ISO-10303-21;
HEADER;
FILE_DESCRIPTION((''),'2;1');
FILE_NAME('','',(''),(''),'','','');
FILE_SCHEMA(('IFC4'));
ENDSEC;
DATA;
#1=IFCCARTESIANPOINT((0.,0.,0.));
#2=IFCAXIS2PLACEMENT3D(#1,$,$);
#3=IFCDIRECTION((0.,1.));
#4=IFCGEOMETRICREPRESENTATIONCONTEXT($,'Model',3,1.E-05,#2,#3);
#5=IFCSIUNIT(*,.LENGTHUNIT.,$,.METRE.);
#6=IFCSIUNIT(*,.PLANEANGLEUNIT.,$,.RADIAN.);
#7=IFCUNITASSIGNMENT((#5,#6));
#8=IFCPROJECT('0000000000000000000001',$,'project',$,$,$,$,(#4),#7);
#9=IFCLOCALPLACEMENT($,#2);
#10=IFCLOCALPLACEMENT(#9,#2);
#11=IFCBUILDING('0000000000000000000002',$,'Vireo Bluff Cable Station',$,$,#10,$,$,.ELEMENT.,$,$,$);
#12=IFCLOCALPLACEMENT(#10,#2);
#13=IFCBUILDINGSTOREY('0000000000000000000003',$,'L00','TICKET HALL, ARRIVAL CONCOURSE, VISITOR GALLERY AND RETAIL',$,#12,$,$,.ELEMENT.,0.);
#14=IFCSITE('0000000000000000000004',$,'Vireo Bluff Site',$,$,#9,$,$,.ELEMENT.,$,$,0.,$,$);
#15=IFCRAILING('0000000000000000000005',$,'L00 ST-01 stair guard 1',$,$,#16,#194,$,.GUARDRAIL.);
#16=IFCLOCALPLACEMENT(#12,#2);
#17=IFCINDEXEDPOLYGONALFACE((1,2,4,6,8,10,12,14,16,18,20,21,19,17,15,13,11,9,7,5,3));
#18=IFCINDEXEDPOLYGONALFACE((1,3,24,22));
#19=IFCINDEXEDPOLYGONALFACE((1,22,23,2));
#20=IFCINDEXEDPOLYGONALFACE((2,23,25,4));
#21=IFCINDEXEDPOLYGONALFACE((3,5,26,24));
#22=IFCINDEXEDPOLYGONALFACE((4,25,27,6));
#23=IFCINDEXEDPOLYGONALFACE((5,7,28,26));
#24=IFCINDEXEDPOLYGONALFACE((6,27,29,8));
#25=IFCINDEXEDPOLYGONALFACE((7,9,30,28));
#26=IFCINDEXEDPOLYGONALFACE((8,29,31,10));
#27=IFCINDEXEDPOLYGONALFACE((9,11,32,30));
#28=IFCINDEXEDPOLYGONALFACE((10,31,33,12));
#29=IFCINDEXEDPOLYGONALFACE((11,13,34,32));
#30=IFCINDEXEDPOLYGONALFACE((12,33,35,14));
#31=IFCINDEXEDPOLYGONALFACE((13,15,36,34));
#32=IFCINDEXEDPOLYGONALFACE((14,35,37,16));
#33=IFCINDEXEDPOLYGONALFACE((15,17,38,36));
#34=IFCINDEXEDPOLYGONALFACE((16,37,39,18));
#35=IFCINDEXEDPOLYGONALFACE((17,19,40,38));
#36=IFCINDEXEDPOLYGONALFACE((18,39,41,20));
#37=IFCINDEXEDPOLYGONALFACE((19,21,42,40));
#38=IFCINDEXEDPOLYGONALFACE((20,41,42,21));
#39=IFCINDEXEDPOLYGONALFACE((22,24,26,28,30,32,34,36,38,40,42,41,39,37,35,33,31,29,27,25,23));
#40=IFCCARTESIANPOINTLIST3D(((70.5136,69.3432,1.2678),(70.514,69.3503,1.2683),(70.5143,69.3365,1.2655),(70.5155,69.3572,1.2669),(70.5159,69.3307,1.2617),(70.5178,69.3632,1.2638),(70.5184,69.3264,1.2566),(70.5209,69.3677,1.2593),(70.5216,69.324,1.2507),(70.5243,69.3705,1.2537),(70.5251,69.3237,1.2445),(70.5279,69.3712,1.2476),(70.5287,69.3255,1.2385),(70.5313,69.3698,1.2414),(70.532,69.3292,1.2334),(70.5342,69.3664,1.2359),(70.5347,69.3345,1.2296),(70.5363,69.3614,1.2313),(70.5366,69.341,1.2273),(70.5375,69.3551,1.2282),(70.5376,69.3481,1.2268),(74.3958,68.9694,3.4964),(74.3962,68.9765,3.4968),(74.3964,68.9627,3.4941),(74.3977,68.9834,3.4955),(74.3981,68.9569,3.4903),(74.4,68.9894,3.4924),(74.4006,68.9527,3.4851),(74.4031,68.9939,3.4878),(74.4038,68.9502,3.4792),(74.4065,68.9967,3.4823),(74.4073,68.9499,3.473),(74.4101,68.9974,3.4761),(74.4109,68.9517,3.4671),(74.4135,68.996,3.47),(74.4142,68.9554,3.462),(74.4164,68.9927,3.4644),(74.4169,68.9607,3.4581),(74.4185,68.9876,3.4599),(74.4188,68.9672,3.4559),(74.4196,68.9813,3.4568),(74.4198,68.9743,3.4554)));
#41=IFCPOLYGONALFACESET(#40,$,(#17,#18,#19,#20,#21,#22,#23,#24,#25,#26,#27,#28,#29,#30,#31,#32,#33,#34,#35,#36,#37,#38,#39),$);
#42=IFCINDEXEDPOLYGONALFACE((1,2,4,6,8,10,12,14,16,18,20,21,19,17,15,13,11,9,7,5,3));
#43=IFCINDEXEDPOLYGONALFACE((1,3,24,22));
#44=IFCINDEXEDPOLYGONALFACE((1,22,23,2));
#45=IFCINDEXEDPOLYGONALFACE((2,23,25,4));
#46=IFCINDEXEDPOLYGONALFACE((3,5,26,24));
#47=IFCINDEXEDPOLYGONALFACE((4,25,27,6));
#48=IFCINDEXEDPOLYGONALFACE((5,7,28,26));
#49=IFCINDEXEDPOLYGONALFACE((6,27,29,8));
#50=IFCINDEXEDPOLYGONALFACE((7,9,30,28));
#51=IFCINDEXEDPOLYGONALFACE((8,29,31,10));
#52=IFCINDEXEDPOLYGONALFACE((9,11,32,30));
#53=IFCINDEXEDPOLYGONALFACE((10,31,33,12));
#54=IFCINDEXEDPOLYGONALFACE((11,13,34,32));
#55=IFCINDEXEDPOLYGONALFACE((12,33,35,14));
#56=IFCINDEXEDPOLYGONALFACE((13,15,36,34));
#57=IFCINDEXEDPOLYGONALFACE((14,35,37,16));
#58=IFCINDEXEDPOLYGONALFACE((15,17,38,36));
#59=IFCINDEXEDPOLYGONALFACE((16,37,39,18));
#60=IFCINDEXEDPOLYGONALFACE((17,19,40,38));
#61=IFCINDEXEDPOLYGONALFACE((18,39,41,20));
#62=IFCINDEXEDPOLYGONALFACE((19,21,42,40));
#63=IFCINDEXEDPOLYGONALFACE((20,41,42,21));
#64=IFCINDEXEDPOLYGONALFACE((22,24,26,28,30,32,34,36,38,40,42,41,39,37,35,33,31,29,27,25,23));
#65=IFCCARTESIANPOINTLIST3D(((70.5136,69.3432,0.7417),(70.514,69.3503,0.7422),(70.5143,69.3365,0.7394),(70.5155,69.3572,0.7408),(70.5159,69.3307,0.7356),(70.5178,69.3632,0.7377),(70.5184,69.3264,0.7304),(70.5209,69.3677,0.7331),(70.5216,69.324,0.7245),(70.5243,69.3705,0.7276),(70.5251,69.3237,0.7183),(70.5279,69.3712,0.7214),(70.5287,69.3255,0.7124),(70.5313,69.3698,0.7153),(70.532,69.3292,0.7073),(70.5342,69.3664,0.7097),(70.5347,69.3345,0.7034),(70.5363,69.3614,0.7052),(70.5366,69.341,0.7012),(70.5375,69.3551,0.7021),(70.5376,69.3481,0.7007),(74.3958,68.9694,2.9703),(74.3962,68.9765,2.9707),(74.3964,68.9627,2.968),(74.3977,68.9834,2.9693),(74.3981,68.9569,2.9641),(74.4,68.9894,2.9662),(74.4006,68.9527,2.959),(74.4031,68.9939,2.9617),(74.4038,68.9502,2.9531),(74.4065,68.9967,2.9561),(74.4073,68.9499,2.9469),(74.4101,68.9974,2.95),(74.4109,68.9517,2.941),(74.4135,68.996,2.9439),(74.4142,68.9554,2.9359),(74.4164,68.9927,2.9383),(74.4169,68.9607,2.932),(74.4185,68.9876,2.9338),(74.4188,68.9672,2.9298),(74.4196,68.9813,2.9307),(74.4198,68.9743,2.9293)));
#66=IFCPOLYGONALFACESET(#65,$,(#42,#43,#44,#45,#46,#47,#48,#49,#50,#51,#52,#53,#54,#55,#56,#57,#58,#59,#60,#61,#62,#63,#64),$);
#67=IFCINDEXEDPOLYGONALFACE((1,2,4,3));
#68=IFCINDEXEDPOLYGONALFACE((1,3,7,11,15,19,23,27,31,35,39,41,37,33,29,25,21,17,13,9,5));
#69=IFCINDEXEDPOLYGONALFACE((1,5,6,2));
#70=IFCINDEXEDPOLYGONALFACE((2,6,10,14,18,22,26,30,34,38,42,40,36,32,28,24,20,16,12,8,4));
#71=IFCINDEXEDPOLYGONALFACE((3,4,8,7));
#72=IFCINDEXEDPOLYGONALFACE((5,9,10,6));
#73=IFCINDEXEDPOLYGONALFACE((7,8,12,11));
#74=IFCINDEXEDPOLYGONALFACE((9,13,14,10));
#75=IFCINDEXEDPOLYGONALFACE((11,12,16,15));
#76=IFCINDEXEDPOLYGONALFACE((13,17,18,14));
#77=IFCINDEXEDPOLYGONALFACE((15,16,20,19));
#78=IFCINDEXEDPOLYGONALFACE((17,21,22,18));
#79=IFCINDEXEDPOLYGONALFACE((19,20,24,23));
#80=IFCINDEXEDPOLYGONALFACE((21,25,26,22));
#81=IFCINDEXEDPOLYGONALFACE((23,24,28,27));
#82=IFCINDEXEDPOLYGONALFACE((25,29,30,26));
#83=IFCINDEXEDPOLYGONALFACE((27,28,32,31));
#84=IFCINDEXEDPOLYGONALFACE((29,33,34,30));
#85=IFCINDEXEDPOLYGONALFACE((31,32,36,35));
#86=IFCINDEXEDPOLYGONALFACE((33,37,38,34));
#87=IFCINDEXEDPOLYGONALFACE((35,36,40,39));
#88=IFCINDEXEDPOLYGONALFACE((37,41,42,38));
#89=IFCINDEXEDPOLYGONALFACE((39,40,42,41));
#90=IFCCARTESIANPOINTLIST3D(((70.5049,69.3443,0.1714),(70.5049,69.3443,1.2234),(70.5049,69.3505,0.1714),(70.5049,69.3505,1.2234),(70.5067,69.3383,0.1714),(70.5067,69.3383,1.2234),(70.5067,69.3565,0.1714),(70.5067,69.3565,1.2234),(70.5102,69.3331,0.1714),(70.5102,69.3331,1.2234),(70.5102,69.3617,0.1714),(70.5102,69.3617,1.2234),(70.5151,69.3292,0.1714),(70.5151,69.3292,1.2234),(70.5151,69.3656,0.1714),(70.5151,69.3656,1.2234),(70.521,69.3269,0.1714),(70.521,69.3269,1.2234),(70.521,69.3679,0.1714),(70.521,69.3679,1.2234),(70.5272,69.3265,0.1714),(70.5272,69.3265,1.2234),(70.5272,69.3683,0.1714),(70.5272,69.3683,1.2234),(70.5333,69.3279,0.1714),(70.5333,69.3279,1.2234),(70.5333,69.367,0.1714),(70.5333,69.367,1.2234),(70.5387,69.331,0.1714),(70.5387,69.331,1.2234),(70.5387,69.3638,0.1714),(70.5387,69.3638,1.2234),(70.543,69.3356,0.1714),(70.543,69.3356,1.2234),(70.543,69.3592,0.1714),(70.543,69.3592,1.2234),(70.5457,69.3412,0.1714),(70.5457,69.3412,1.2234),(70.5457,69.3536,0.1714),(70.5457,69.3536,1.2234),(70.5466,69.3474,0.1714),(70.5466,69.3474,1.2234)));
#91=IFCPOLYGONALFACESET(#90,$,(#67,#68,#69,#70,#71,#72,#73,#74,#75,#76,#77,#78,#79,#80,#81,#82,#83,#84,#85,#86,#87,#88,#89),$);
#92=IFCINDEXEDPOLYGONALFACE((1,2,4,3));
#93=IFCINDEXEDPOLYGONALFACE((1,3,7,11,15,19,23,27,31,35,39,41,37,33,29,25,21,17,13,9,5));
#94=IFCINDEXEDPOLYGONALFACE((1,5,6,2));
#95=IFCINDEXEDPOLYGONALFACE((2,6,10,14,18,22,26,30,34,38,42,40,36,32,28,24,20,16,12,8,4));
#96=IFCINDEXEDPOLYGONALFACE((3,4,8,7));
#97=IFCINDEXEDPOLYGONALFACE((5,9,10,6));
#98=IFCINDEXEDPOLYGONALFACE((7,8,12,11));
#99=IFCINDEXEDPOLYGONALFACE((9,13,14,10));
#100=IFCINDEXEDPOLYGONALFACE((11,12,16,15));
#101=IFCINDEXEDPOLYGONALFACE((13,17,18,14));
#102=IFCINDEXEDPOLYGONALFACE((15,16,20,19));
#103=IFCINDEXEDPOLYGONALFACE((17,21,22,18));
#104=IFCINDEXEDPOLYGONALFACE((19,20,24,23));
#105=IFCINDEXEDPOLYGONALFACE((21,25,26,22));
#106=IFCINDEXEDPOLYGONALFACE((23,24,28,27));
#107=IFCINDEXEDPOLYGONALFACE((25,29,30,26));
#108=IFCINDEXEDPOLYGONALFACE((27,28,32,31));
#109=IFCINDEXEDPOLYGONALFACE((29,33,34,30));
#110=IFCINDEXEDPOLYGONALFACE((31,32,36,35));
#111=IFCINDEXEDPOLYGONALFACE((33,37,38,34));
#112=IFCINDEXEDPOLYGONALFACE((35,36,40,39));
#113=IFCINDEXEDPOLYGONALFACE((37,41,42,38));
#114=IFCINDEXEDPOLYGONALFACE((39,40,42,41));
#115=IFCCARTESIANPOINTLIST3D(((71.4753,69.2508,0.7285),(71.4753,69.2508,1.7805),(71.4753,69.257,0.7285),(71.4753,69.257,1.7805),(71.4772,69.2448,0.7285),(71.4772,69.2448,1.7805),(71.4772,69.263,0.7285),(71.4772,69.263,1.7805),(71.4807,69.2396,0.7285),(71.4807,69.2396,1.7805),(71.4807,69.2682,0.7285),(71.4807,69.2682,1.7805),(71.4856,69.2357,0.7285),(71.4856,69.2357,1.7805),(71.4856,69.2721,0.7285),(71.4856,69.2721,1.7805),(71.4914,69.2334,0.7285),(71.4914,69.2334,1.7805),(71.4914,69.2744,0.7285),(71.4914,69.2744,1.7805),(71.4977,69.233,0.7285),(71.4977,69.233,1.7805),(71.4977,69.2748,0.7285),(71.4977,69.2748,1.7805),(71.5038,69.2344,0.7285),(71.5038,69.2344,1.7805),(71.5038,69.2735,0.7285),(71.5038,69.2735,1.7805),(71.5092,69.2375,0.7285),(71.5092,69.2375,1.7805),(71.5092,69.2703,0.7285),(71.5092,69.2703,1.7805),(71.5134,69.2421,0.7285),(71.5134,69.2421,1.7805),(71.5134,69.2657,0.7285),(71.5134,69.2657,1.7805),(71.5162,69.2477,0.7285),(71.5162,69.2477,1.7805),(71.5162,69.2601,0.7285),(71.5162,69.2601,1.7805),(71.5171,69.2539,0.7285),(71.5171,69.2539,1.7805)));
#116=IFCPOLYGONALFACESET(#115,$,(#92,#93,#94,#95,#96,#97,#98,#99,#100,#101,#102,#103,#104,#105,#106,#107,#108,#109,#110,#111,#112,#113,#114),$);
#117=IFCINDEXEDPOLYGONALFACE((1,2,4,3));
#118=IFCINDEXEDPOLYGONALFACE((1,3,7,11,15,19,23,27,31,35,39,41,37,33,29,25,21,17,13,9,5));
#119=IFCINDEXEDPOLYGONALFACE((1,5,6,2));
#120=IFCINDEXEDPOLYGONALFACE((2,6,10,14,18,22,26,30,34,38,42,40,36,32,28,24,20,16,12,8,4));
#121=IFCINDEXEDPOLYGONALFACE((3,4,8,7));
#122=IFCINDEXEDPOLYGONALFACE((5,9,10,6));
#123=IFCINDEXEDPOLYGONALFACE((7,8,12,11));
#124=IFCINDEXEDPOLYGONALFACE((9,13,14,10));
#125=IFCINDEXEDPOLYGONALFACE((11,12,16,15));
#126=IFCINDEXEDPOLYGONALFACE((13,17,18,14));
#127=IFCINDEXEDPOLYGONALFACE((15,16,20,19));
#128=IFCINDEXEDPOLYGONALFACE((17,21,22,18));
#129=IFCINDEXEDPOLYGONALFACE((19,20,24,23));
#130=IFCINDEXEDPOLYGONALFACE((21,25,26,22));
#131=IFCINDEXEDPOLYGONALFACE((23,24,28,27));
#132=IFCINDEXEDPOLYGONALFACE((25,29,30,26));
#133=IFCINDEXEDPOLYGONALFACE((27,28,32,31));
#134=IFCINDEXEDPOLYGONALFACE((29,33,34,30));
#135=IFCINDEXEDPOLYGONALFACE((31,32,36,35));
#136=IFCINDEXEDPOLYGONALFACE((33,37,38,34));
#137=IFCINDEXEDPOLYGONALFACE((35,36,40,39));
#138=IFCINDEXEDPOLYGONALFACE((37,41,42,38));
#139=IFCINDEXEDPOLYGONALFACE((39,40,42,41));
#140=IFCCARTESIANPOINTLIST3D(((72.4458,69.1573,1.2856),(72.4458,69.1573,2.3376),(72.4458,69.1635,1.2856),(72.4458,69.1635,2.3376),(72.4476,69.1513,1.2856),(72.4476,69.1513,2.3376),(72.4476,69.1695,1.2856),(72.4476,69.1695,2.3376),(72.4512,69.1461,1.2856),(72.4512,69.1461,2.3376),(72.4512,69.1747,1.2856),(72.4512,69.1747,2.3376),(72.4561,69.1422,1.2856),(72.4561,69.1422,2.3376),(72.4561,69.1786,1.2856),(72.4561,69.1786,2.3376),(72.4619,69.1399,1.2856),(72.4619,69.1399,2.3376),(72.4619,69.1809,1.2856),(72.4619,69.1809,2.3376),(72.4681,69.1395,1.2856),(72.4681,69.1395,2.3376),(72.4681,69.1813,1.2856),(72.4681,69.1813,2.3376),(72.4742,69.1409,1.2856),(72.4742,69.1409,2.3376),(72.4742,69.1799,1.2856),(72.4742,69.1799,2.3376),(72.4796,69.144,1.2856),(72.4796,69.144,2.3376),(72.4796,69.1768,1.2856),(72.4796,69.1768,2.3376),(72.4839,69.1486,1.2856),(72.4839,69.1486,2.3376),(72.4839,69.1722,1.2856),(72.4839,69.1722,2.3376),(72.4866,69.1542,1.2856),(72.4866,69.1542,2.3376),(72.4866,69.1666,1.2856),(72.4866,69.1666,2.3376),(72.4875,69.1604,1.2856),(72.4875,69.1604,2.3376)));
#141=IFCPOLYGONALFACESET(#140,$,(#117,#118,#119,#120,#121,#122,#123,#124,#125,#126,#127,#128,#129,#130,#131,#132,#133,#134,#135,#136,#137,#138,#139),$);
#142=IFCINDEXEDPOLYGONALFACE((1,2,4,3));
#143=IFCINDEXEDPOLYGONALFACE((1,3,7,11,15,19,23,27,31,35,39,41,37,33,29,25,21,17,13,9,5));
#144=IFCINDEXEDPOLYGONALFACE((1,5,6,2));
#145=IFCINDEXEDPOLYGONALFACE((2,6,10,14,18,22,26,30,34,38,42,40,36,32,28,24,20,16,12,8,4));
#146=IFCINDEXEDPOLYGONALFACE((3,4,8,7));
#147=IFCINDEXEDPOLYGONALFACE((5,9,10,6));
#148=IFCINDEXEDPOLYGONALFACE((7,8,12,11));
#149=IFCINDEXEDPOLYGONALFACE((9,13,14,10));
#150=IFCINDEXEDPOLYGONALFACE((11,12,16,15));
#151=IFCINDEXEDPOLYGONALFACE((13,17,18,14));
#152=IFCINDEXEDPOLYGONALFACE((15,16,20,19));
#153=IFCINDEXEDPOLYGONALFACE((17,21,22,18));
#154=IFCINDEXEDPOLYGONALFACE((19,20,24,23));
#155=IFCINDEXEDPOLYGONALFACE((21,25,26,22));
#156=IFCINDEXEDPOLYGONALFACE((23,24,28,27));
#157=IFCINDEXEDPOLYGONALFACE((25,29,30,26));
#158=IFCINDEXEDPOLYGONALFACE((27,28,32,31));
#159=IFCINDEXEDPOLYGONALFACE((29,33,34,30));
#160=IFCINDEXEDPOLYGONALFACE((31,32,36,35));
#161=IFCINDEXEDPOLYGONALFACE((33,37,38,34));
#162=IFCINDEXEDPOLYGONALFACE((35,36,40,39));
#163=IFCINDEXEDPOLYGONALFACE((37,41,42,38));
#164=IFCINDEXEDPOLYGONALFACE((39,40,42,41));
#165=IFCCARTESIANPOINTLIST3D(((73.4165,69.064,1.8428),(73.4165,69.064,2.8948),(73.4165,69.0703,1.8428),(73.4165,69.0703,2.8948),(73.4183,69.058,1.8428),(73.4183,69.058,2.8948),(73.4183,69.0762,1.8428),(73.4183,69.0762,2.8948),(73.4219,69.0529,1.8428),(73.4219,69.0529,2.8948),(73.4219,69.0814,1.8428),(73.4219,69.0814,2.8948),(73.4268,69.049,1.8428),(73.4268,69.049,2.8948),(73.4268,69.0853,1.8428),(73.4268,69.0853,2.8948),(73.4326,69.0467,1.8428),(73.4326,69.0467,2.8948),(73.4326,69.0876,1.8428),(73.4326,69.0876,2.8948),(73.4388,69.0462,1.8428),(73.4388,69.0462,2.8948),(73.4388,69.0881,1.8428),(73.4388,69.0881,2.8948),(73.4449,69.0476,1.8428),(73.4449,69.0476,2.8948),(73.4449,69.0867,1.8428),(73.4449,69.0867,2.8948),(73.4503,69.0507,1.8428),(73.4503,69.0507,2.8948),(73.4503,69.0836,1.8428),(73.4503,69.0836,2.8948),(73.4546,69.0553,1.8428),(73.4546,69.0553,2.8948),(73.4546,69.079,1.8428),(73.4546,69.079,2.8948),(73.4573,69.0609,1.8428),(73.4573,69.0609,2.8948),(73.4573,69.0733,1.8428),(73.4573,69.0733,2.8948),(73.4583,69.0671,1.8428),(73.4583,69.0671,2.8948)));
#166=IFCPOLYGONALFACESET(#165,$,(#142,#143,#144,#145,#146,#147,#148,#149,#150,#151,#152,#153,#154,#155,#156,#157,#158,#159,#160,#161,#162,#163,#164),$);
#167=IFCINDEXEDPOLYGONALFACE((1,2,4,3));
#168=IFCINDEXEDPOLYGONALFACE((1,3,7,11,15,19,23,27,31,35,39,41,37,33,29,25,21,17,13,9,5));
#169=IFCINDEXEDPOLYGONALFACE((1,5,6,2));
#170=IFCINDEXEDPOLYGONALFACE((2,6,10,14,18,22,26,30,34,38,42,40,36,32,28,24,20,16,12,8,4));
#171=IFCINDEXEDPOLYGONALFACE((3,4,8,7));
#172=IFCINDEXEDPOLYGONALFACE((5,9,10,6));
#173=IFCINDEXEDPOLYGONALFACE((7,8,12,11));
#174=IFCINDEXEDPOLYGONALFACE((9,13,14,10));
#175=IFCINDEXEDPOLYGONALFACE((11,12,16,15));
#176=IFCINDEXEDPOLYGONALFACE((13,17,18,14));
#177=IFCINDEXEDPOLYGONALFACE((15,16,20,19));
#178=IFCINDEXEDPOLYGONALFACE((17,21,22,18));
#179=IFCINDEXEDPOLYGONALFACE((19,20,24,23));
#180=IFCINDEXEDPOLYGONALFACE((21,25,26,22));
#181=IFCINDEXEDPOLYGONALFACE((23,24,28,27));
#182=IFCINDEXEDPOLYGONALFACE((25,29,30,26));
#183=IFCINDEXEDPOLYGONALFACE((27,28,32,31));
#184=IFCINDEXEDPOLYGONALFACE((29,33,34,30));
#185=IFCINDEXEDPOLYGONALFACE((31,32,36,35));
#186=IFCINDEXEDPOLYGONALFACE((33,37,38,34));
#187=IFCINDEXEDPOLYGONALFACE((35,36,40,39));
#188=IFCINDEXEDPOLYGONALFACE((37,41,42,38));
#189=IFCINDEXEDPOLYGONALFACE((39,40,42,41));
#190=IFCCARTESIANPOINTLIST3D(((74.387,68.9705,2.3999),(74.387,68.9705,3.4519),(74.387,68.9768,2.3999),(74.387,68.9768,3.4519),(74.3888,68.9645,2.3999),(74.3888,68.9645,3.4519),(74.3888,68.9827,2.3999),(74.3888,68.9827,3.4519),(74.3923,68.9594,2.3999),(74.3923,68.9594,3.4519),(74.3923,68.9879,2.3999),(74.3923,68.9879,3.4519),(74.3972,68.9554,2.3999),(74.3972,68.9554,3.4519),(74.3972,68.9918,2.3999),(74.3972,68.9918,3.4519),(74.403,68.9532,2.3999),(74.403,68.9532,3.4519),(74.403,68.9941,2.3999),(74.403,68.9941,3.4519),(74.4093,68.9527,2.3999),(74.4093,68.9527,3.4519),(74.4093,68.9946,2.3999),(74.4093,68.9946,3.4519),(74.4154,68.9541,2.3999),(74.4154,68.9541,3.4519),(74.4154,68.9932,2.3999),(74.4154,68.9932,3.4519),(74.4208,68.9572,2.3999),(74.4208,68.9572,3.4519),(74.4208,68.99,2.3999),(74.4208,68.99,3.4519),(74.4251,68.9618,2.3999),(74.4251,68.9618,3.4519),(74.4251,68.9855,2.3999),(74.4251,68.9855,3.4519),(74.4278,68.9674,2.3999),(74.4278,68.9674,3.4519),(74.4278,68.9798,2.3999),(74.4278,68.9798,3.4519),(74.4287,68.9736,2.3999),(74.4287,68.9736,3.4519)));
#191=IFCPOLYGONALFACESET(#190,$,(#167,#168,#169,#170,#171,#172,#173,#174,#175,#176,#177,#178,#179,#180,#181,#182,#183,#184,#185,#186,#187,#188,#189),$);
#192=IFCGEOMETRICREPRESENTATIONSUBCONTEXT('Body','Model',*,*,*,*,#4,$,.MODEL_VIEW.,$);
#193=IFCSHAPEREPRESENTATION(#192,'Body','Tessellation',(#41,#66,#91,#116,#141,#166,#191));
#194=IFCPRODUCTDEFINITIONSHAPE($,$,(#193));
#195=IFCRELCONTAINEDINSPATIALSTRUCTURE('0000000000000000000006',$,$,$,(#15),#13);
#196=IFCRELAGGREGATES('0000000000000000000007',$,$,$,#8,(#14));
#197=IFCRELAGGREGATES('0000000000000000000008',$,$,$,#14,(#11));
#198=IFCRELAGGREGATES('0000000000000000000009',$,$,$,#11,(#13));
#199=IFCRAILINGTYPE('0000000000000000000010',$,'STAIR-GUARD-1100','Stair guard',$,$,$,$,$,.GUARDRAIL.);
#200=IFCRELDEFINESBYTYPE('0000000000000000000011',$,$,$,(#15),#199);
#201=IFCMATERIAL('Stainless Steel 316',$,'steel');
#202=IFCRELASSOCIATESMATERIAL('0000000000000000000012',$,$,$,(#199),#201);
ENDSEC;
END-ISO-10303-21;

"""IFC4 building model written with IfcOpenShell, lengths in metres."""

from ifc_helpers import new_model, si_unit, direction, frame, origin, origin_2d, place, context, subcontext, project, spatial, circle, extrude, material, type_object, element, save


model = new_model("IFC4")

# Units and contexts
model_context = context("Model", 3, precision=1e-05, world=origin(), true_north=direction((0.0, 1.0)))
body_context = subcontext(model_context, "Body", "Model", "MODEL_VIEW")
ifc_project = project(units=[si_unit("LENGTHUNIT", "METRE"), si_unit("PLANEANGLEUNIT", "RADIAN")], contexts=[model_context])

# Site, building, storey
site_placement = place(None, origin())
site = spatial("IfcSite", under=ifc_project, at=site_placement, Name="Vireo Bluff Site", CompositionType="ELEMENT", RefElevation=0.0)
building_placement = place(site_placement, origin())
building = spatial("IfcBuilding", under=site, at=building_placement, Name="Vireo Bluff Cable Station", CompositionType="ELEMENT")
storey_placement = place(building_placement, origin())
storey = spatial("IfcBuildingStorey", under=building, at=storey_placement, Name="L00", Description="TICKET HALL, ARRIVAL CONCOURSE, VISITOR GALLERY AND RETAIL", CompositionType="ELEMENT", Elevation=0.0)

# Shared definitions
ifc_material_1 = material(Name="Stainless Steel 316", Category="steel")

# Railing
railing_type_1 = type_object("IfcRailingType", Name="STAIR-GUARD-1100", Description="Stair guard", PredefinedType="GUARDRAIL", material=ifc_material_1)
railing_1_placement = place(storey_placement, frame((70.5256, 69.3474, 0.1714)))
element("IfcRailing", 1, at=railing_1_placement, inside=storey, type_object=railing_type_1, Name="L00 ST-01 stair guard 1", PredefinedType="GUARDRAIL", context=body_context, shape_type="SweptSolid", body=[
    extrude(circle(Radius=0.0239, at=origin_2d()), frame((0.0, 0.0, 1.0762), z_axis=(0.864254, -0.083213, 0.496126), x_axis=(0.09584, 0.995397, 0.0)), (0.0, 0.0, 1.0), 4.4919),
    extrude(circle(Radius=0.0239, at=origin_2d()), frame((0.0, 0.0, 0.55), z_axis=(0.864254, -0.083213, 0.496126), x_axis=(0.09584, 0.995397, 0.0)), (0.0, 0.0, 1.0), 4.4919),
    extrude(circle(Radius=0.021, at=origin_2d()), origin(), (0.0, 0.0, 1.0), 1.052),
    extrude(circle(Radius=0.021, at=origin_2d()), frame((0.9705, -0.0935, 0.5571)), (0.0, 0.0, 1.0), 1.052),
    extrude(circle(Radius=0.021, at=origin_2d()), frame((1.9409, -0.187, 1.1143)), (0.0, 0.0, 1.0), 1.052),
    extrude(circle(Radius=0.021, at=origin_2d()), frame((2.9116, -0.2803, 1.6714)), (0.0, 0.0, 1.0), 1.052),
    extrude(circle(Radius=0.021, at=origin_2d()), frame((3.8821, -0.3738, 2.2285)), (0.0, 0.0, 1.0), 1.052),
])

save(model, "model.ifc")
